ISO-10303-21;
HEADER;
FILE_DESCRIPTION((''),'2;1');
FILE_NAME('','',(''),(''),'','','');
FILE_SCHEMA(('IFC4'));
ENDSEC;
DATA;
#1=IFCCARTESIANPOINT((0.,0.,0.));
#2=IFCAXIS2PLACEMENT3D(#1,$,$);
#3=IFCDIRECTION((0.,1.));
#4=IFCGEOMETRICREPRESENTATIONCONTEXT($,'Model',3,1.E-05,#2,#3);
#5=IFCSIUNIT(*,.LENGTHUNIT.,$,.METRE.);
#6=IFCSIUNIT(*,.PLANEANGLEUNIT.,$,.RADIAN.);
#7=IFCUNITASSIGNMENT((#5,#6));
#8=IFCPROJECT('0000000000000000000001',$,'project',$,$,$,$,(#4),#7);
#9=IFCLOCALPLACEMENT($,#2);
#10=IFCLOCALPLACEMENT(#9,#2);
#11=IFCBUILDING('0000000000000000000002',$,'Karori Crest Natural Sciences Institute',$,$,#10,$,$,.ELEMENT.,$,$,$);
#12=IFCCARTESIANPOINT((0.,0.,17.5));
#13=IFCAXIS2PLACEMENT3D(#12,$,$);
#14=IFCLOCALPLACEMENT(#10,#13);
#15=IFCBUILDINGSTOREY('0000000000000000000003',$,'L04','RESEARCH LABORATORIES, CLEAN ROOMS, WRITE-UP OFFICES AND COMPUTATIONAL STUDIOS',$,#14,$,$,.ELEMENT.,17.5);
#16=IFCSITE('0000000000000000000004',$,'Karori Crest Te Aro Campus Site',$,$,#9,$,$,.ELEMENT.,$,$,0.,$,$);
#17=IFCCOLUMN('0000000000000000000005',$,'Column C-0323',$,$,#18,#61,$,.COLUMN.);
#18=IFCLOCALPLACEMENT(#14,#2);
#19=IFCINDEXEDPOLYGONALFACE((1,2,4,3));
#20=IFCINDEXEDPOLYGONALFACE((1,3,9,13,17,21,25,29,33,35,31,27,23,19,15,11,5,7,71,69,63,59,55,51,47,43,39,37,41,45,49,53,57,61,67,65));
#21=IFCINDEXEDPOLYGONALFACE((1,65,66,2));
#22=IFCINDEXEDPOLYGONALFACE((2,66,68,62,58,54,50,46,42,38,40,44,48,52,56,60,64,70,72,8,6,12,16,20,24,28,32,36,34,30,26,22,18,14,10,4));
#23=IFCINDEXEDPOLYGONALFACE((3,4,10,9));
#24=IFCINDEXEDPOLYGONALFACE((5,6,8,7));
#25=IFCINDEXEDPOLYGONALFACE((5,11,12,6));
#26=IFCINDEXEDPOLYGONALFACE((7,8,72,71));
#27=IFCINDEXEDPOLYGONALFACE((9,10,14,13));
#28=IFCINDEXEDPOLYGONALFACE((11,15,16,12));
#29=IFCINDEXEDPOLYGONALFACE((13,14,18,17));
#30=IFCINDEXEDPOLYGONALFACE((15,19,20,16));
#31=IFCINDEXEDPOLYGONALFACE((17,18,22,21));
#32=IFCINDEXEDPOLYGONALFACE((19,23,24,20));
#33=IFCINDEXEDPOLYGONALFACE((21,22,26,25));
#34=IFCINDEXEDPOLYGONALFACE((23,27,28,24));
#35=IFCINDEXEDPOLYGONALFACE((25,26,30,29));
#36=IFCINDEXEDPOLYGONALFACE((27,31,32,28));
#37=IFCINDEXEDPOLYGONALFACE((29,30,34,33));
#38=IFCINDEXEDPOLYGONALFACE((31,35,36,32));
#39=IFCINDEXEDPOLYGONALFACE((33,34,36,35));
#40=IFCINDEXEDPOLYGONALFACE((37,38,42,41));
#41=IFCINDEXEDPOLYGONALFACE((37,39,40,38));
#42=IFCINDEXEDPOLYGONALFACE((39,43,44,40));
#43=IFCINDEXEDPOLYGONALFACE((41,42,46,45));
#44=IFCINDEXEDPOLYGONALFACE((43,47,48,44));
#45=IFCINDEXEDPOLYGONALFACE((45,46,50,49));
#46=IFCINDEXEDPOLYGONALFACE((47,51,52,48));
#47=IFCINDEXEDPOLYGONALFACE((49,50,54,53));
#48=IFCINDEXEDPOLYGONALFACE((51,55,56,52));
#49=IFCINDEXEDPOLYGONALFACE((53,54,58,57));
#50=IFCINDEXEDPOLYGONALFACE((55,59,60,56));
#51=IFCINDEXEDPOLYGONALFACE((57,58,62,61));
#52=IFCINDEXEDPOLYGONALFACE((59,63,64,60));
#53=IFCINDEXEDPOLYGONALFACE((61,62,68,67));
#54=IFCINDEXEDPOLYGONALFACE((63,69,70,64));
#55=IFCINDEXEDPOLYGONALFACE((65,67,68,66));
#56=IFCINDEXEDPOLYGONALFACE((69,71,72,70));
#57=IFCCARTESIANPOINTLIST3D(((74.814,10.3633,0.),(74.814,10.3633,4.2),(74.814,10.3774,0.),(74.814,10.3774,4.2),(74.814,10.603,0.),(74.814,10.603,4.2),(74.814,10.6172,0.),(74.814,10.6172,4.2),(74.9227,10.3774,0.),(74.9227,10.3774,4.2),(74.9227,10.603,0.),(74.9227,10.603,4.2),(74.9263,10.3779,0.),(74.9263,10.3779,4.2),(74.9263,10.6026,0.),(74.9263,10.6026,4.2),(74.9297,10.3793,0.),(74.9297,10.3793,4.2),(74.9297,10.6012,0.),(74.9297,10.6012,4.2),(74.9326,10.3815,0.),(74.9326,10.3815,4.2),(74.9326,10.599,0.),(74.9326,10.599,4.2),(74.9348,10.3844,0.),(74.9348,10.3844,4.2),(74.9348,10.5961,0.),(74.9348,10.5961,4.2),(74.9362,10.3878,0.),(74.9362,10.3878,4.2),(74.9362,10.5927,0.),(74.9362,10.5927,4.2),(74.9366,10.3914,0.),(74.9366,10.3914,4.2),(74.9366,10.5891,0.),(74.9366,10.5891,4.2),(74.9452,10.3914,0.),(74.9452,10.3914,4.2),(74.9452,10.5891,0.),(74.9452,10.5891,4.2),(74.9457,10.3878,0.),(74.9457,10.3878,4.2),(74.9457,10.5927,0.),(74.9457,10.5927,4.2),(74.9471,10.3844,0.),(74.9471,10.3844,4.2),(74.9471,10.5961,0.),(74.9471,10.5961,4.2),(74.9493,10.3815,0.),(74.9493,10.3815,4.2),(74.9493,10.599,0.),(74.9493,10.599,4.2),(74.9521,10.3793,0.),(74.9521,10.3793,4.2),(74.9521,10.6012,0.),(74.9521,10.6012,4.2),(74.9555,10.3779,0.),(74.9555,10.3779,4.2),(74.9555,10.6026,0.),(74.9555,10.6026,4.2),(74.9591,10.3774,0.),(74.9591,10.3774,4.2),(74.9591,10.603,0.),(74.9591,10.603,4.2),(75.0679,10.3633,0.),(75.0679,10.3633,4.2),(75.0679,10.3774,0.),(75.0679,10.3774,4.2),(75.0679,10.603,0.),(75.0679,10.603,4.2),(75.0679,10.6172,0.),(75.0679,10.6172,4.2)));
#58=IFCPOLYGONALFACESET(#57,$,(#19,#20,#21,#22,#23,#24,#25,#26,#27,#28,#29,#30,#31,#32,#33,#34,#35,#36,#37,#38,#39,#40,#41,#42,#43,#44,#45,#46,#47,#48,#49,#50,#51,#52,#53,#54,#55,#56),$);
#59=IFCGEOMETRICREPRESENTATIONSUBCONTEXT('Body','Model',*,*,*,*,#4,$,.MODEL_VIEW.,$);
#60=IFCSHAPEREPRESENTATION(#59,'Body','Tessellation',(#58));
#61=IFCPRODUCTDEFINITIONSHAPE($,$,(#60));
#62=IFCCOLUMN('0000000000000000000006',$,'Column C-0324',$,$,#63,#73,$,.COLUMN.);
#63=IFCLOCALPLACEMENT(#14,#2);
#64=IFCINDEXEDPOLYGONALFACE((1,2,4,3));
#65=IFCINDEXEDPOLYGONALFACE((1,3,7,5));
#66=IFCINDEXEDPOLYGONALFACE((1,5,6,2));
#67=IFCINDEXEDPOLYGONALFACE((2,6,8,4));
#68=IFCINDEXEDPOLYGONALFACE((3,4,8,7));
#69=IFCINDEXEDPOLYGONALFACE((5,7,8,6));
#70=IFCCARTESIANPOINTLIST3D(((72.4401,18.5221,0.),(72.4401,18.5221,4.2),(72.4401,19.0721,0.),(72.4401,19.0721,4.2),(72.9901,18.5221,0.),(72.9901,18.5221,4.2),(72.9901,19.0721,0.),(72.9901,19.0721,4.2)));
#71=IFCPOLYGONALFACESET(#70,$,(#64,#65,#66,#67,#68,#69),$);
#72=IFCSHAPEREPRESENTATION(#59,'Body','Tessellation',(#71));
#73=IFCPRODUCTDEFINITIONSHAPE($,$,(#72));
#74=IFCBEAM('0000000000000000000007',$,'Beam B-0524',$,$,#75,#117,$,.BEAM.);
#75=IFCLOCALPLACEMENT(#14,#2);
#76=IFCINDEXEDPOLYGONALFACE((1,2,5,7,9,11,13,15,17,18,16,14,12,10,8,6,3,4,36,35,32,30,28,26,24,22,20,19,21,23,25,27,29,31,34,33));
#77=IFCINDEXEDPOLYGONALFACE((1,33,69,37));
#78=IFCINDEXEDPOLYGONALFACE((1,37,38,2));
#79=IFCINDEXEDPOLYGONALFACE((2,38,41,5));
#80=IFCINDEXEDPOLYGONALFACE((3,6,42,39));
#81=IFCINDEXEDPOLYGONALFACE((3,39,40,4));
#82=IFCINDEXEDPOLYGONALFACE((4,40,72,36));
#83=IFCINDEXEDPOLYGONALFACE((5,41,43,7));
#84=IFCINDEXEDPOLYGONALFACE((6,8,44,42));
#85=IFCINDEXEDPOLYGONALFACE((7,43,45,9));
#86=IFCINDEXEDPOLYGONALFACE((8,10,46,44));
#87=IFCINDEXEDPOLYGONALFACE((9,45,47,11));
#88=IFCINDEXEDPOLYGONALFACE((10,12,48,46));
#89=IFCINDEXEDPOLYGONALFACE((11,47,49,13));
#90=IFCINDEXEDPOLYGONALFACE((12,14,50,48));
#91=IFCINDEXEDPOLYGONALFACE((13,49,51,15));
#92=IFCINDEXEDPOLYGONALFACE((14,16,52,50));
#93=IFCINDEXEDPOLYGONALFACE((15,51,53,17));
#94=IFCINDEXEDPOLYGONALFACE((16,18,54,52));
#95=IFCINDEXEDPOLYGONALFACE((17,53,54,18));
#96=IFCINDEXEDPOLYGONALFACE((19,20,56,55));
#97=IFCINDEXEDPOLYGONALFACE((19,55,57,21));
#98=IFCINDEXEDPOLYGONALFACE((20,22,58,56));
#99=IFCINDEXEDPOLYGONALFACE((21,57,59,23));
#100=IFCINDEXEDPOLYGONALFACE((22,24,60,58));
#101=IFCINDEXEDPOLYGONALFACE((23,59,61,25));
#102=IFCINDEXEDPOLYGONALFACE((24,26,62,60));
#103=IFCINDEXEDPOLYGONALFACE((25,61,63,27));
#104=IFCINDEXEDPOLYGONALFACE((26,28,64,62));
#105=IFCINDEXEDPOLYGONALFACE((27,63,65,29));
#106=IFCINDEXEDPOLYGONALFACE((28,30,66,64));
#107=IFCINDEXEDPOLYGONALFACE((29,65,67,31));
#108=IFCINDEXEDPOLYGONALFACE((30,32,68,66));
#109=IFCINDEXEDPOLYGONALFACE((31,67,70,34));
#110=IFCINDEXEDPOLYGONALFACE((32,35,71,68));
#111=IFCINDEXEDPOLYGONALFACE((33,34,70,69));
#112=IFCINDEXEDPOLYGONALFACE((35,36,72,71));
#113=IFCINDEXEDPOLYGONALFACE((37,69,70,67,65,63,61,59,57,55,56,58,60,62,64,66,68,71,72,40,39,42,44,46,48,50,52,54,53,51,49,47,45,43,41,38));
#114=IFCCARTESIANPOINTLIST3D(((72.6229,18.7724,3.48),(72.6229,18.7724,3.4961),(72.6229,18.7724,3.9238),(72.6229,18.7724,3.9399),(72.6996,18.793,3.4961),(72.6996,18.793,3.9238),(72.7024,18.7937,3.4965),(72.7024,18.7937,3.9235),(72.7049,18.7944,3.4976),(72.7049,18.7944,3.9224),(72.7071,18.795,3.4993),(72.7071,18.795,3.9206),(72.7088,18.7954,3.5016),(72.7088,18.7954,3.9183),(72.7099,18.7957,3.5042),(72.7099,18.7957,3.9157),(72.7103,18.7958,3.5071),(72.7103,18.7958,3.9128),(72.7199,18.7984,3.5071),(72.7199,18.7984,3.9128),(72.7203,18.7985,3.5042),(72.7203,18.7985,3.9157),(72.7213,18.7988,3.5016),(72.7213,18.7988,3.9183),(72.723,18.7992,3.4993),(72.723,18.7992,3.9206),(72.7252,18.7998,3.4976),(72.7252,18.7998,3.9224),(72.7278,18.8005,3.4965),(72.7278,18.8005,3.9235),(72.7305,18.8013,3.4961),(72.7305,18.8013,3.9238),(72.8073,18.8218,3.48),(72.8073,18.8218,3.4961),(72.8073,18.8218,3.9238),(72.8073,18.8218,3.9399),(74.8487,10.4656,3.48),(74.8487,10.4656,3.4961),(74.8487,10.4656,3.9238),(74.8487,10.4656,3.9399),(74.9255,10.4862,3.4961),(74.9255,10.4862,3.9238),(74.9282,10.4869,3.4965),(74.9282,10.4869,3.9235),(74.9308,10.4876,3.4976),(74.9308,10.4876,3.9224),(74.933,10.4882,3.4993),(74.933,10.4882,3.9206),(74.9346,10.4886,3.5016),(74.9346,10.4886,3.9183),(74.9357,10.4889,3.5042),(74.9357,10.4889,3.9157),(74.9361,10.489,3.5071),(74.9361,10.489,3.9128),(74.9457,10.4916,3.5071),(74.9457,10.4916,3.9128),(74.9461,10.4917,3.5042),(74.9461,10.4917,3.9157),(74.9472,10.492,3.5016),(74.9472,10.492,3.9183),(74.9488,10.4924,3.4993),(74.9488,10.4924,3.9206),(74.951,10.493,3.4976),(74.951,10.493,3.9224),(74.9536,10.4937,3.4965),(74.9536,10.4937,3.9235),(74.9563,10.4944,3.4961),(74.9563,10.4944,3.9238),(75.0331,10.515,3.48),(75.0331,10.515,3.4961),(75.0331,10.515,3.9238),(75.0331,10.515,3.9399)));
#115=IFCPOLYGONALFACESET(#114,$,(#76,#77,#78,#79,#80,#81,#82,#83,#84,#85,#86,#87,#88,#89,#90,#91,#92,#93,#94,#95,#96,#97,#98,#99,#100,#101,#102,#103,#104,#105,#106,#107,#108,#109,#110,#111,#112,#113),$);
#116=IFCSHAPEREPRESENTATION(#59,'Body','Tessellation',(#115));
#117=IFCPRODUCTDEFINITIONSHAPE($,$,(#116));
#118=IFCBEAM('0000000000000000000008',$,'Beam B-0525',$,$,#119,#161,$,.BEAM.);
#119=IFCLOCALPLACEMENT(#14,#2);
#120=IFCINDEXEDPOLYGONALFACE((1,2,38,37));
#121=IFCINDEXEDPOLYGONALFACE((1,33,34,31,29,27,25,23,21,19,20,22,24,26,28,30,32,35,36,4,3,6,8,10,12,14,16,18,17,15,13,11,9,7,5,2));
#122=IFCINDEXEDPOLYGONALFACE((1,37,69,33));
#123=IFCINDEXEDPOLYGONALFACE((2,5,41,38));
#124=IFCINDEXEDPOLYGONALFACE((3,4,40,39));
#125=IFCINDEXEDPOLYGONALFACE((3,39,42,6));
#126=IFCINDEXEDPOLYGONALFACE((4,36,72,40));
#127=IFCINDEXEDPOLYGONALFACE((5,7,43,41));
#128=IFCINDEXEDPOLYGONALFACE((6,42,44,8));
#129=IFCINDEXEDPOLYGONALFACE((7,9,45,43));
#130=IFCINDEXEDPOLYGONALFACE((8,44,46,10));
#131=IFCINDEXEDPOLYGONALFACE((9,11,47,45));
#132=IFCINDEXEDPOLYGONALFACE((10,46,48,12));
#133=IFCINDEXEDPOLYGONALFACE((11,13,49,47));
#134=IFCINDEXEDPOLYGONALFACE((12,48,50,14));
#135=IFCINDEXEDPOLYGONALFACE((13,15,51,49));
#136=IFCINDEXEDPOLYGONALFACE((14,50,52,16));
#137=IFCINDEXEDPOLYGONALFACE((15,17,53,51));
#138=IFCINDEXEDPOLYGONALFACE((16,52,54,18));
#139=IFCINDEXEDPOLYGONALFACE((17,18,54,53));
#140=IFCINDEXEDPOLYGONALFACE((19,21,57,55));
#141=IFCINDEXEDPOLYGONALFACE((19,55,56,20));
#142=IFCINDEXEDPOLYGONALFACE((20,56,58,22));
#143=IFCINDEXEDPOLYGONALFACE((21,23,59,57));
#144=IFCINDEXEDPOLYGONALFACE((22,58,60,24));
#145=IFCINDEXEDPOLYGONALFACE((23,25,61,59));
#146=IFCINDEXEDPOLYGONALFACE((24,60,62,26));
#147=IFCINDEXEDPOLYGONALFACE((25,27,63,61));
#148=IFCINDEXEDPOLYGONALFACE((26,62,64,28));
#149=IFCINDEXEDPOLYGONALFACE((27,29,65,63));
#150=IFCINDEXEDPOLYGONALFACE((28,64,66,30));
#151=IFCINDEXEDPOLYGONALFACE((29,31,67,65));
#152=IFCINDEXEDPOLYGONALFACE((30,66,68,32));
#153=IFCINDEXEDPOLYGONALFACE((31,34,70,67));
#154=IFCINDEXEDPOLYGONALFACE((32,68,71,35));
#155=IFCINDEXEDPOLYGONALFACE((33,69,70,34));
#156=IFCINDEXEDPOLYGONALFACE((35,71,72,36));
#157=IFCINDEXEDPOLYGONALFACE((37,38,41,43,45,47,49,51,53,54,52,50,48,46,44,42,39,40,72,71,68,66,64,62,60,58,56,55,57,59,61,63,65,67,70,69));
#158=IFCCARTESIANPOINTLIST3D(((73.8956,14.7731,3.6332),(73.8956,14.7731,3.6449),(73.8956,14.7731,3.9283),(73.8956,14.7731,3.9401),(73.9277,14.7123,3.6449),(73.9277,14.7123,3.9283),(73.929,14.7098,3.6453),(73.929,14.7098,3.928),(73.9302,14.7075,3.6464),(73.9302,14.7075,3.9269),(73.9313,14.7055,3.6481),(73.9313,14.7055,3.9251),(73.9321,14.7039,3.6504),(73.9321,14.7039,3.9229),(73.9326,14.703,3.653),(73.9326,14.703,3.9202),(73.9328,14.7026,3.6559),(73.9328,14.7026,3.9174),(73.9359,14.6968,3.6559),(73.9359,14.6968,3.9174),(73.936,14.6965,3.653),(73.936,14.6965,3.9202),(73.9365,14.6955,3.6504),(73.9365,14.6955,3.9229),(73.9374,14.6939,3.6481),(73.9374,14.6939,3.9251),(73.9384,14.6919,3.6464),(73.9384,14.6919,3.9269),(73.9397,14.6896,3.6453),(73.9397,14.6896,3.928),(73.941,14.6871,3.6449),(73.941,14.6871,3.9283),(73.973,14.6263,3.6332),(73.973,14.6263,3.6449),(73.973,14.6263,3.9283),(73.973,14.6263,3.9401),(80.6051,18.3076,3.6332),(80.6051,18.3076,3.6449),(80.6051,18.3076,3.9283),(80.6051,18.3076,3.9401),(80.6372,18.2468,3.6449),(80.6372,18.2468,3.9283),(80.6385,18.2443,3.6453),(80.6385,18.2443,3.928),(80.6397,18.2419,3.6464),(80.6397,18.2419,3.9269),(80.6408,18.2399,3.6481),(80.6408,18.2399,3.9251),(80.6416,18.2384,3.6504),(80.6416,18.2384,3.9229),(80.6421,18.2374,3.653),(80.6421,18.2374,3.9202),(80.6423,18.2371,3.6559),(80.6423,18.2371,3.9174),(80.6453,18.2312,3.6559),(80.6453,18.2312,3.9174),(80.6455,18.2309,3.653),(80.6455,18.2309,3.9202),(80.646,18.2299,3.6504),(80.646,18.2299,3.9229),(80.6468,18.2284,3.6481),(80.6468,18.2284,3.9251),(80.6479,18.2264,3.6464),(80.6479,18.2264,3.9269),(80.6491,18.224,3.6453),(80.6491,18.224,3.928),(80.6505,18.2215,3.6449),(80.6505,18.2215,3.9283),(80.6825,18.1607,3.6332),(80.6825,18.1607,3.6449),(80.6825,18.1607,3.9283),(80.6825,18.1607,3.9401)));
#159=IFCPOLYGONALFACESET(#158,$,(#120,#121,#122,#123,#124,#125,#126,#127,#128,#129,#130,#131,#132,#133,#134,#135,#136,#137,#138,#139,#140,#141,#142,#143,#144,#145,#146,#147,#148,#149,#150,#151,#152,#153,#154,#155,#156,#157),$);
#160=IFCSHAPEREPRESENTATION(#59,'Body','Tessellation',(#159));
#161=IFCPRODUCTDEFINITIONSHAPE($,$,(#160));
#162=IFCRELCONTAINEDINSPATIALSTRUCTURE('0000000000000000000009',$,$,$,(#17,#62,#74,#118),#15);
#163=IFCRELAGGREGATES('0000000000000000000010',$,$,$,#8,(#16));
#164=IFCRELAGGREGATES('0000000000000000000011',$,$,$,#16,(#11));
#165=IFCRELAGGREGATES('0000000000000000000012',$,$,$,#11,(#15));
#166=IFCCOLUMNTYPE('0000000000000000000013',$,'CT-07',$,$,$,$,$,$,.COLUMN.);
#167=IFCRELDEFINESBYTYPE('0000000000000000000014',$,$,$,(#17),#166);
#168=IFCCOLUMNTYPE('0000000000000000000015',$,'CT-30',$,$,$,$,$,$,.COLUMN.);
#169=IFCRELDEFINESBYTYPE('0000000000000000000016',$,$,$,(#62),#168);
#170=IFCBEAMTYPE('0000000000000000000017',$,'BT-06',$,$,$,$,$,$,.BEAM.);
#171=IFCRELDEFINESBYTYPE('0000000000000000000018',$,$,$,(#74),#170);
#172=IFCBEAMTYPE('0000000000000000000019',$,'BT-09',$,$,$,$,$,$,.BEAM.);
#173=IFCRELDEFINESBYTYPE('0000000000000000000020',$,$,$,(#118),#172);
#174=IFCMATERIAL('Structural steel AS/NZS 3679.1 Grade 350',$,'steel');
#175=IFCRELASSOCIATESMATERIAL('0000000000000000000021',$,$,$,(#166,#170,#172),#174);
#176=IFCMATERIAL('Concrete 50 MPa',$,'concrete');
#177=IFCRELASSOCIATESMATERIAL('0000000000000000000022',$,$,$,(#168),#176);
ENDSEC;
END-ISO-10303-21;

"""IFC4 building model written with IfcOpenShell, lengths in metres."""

from ifc_helpers import new_model, si_unit, direction, frame, origin, origin_2d, place, context, subcontext, project, spatial, rectangle, i_section, extrude, material, material_profile, profile_set, type_object, element, save


model = new_model("IFC4")

# Units and contexts
model_context = context("Model", 3, precision=1e-05, world=origin(), true_north=direction((0.0, 1.0)))
body_context = subcontext(model_context, "Body", "Model", "MODEL_VIEW")
ifc_project = project(units=[si_unit("LENGTHUNIT", "METRE"), si_unit("PLANEANGLEUNIT", "RADIAN")], contexts=[model_context])

# Site, building, storey
site_placement = place(None, origin())
site = spatial("IfcSite", under=ifc_project, at=site_placement, Name="Karori Crest Te Aro Campus Site", CompositionType="ELEMENT", RefElevation=0.0)
building_placement = place(site_placement, origin())
building = spatial("IfcBuilding", under=site, at=building_placement, Name="Karori Crest Natural Sciences Institute", CompositionType="ELEMENT")
storey_placement = place(building_placement, frame((0.0, 0.0, 17.5)))
storey = spatial("IfcBuildingStorey", under=building, at=storey_placement, Name="L04", Description="RESEARCH LABORATORIES, CLEAN ROOMS, WRITE-UP OFFICES AND COMPUTATIONAL STUDIOS", CompositionType="ELEMENT", Elevation=17.5)

# Columns
ifc_material_1 = material(Name="Structural steel AS/NZS 3679.1 Grade 350", Category="steel")
ifc_material_profile_1 = material_profile(ifc_material_1, i_section(OverallWidth=0.2539, OverallDepth=0.2539, WebThickness=0.0085, FlangeThickness=0.0142, FilletRadius=0.0139, at=origin_2d()), Name="250UC72.9")
ifc_profile_set_1 = profile_set([ifc_material_profile_1], Name="Structural steel AS/NZS 3679.1 Grade 350")
column_type_1 = type_object("IfcColumnType", Name="CT-07", PredefinedType="COLUMN", material=ifc_profile_set_1)
column_1_placement = place(storey_placement, frame((74.9409, 10.4902, 0.0), z_axis=(0.0, 0.0, 1.0), x_axis=(1.0, 0.0, 0.0)))
element("IfcColumn", 1, at=column_1_placement, inside=storey, type_object=column_type_1, Name="Column C-0323", PredefinedType="COLUMN", context=body_context, shape_type="SweptSolid", body=[
    extrude(i_section(OverallWidth=0.2539, OverallDepth=0.2539, WebThickness=0.0085, FlangeThickness=0.0142, FilletRadius=0.0139, at=origin_2d()), origin(), (0.0, 0.0, 1.0), 4.2),
])
ifc_material_2 = material(Name="Concrete 50 MPa", Category="concrete")
ifc_material_profile_2 = material_profile(ifc_material_2, rectangle(XDim=0.55, YDim=0.55, at=origin_2d()), Name="RC550x550")
ifc_profile_set_2 = profile_set([ifc_material_profile_2], Name="Concrete 50 MPa")
column_type_2 = type_object("IfcColumnType", Name="CT-30", PredefinedType="COLUMN", material=ifc_profile_set_2)
column_2_placement = place(storey_placement, frame((72.7151, 18.7971, 0.0), z_axis=(0.0, 0.0, 1.0), x_axis=(1.0, 0.0, 0.0)))
element("IfcColumn", 2, at=column_2_placement, inside=storey, type_object=column_type_2, Name="Column C-0324", PredefinedType="COLUMN", context=body_context, shape_type="SweptSolid", body=[
    extrude(rectangle(XDim=0.55, YDim=0.55, at=origin_2d()), origin(), (0.0, 0.0, 1.0), 4.2),
])

# Beams
ifc_material_profile_3 = material_profile(ifc_material_1, i_section(OverallWidth=0.1909, OverallDepth=0.46, WebThickness=0.01, FlangeThickness=0.0161, FilletRadius=0.011, at=origin_2d()), Name="460UB82.1")
ifc_profile_set_3 = profile_set([ifc_material_profile_3], Name="Structural steel AS/NZS 3679.1 Grade 350")
beam_type_1 = type_object("IfcBeamType", Name="BT-06", PredefinedType="BEAM", material=ifc_profile_set_3)
beam_1_placement = place(storey_placement, frame((72.7151, 18.7971, 3.71), z_axis=(0.25882, -0.965926, 0.0), x_axis=(0.965926, 0.25882, 0.0)))
element("IfcBeam", 3, at=beam_1_placement, inside=storey, type_object=beam_type_1, Name="Beam B-0524", PredefinedType="BEAM", context=body_context, shape_type="SweptSolid", body=[
    extrude(i_section(OverallWidth=0.1909, OverallDepth=0.46, WebThickness=0.01, FlangeThickness=0.0161, FilletRadius=0.011, at=origin_2d()), origin(), (0.0, 0.0, 1.0), 8.5999),
])
ifc_material_profile_4 = material_profile(ifc_material_1, i_section(OverallWidth=0.166, OverallDepth=0.3069, WebThickness=0.0066, FlangeThickness=0.0117, FilletRadius=0.011, at=origin_2d()), Name="310UB46.2")
ifc_profile_set_4 = profile_set([ifc_material_profile_4], Name="Structural steel AS/NZS 3679.1 Grade 350")
beam_type_2 = type_object("IfcBeamType", Name="BT-09", PredefinedType="BEAM", material=ifc_profile_set_4)
beam_2_placement = place(storey_placement, frame((73.9343, 14.6997, 3.7866), z_axis=(0.884748, 0.466069, 0.0), x_axis=(-0.466069, 0.884748, 0.0)))
element("IfcBeam", 4, at=beam_2_placement, inside=storey, type_object=beam_type_2, Name="Beam B-0525", PredefinedType="BEAM", context=body_context, shape_type="SweptSolid", body=[
    extrude(i_section(OverallWidth=0.166, OverallDepth=0.3069, WebThickness=0.0066, FlangeThickness=0.0117, FilletRadius=0.011, at=origin_2d()), origin(), (0.0, 0.0, 1.0), 7.5835),
])

save(model, "model.ifc")
